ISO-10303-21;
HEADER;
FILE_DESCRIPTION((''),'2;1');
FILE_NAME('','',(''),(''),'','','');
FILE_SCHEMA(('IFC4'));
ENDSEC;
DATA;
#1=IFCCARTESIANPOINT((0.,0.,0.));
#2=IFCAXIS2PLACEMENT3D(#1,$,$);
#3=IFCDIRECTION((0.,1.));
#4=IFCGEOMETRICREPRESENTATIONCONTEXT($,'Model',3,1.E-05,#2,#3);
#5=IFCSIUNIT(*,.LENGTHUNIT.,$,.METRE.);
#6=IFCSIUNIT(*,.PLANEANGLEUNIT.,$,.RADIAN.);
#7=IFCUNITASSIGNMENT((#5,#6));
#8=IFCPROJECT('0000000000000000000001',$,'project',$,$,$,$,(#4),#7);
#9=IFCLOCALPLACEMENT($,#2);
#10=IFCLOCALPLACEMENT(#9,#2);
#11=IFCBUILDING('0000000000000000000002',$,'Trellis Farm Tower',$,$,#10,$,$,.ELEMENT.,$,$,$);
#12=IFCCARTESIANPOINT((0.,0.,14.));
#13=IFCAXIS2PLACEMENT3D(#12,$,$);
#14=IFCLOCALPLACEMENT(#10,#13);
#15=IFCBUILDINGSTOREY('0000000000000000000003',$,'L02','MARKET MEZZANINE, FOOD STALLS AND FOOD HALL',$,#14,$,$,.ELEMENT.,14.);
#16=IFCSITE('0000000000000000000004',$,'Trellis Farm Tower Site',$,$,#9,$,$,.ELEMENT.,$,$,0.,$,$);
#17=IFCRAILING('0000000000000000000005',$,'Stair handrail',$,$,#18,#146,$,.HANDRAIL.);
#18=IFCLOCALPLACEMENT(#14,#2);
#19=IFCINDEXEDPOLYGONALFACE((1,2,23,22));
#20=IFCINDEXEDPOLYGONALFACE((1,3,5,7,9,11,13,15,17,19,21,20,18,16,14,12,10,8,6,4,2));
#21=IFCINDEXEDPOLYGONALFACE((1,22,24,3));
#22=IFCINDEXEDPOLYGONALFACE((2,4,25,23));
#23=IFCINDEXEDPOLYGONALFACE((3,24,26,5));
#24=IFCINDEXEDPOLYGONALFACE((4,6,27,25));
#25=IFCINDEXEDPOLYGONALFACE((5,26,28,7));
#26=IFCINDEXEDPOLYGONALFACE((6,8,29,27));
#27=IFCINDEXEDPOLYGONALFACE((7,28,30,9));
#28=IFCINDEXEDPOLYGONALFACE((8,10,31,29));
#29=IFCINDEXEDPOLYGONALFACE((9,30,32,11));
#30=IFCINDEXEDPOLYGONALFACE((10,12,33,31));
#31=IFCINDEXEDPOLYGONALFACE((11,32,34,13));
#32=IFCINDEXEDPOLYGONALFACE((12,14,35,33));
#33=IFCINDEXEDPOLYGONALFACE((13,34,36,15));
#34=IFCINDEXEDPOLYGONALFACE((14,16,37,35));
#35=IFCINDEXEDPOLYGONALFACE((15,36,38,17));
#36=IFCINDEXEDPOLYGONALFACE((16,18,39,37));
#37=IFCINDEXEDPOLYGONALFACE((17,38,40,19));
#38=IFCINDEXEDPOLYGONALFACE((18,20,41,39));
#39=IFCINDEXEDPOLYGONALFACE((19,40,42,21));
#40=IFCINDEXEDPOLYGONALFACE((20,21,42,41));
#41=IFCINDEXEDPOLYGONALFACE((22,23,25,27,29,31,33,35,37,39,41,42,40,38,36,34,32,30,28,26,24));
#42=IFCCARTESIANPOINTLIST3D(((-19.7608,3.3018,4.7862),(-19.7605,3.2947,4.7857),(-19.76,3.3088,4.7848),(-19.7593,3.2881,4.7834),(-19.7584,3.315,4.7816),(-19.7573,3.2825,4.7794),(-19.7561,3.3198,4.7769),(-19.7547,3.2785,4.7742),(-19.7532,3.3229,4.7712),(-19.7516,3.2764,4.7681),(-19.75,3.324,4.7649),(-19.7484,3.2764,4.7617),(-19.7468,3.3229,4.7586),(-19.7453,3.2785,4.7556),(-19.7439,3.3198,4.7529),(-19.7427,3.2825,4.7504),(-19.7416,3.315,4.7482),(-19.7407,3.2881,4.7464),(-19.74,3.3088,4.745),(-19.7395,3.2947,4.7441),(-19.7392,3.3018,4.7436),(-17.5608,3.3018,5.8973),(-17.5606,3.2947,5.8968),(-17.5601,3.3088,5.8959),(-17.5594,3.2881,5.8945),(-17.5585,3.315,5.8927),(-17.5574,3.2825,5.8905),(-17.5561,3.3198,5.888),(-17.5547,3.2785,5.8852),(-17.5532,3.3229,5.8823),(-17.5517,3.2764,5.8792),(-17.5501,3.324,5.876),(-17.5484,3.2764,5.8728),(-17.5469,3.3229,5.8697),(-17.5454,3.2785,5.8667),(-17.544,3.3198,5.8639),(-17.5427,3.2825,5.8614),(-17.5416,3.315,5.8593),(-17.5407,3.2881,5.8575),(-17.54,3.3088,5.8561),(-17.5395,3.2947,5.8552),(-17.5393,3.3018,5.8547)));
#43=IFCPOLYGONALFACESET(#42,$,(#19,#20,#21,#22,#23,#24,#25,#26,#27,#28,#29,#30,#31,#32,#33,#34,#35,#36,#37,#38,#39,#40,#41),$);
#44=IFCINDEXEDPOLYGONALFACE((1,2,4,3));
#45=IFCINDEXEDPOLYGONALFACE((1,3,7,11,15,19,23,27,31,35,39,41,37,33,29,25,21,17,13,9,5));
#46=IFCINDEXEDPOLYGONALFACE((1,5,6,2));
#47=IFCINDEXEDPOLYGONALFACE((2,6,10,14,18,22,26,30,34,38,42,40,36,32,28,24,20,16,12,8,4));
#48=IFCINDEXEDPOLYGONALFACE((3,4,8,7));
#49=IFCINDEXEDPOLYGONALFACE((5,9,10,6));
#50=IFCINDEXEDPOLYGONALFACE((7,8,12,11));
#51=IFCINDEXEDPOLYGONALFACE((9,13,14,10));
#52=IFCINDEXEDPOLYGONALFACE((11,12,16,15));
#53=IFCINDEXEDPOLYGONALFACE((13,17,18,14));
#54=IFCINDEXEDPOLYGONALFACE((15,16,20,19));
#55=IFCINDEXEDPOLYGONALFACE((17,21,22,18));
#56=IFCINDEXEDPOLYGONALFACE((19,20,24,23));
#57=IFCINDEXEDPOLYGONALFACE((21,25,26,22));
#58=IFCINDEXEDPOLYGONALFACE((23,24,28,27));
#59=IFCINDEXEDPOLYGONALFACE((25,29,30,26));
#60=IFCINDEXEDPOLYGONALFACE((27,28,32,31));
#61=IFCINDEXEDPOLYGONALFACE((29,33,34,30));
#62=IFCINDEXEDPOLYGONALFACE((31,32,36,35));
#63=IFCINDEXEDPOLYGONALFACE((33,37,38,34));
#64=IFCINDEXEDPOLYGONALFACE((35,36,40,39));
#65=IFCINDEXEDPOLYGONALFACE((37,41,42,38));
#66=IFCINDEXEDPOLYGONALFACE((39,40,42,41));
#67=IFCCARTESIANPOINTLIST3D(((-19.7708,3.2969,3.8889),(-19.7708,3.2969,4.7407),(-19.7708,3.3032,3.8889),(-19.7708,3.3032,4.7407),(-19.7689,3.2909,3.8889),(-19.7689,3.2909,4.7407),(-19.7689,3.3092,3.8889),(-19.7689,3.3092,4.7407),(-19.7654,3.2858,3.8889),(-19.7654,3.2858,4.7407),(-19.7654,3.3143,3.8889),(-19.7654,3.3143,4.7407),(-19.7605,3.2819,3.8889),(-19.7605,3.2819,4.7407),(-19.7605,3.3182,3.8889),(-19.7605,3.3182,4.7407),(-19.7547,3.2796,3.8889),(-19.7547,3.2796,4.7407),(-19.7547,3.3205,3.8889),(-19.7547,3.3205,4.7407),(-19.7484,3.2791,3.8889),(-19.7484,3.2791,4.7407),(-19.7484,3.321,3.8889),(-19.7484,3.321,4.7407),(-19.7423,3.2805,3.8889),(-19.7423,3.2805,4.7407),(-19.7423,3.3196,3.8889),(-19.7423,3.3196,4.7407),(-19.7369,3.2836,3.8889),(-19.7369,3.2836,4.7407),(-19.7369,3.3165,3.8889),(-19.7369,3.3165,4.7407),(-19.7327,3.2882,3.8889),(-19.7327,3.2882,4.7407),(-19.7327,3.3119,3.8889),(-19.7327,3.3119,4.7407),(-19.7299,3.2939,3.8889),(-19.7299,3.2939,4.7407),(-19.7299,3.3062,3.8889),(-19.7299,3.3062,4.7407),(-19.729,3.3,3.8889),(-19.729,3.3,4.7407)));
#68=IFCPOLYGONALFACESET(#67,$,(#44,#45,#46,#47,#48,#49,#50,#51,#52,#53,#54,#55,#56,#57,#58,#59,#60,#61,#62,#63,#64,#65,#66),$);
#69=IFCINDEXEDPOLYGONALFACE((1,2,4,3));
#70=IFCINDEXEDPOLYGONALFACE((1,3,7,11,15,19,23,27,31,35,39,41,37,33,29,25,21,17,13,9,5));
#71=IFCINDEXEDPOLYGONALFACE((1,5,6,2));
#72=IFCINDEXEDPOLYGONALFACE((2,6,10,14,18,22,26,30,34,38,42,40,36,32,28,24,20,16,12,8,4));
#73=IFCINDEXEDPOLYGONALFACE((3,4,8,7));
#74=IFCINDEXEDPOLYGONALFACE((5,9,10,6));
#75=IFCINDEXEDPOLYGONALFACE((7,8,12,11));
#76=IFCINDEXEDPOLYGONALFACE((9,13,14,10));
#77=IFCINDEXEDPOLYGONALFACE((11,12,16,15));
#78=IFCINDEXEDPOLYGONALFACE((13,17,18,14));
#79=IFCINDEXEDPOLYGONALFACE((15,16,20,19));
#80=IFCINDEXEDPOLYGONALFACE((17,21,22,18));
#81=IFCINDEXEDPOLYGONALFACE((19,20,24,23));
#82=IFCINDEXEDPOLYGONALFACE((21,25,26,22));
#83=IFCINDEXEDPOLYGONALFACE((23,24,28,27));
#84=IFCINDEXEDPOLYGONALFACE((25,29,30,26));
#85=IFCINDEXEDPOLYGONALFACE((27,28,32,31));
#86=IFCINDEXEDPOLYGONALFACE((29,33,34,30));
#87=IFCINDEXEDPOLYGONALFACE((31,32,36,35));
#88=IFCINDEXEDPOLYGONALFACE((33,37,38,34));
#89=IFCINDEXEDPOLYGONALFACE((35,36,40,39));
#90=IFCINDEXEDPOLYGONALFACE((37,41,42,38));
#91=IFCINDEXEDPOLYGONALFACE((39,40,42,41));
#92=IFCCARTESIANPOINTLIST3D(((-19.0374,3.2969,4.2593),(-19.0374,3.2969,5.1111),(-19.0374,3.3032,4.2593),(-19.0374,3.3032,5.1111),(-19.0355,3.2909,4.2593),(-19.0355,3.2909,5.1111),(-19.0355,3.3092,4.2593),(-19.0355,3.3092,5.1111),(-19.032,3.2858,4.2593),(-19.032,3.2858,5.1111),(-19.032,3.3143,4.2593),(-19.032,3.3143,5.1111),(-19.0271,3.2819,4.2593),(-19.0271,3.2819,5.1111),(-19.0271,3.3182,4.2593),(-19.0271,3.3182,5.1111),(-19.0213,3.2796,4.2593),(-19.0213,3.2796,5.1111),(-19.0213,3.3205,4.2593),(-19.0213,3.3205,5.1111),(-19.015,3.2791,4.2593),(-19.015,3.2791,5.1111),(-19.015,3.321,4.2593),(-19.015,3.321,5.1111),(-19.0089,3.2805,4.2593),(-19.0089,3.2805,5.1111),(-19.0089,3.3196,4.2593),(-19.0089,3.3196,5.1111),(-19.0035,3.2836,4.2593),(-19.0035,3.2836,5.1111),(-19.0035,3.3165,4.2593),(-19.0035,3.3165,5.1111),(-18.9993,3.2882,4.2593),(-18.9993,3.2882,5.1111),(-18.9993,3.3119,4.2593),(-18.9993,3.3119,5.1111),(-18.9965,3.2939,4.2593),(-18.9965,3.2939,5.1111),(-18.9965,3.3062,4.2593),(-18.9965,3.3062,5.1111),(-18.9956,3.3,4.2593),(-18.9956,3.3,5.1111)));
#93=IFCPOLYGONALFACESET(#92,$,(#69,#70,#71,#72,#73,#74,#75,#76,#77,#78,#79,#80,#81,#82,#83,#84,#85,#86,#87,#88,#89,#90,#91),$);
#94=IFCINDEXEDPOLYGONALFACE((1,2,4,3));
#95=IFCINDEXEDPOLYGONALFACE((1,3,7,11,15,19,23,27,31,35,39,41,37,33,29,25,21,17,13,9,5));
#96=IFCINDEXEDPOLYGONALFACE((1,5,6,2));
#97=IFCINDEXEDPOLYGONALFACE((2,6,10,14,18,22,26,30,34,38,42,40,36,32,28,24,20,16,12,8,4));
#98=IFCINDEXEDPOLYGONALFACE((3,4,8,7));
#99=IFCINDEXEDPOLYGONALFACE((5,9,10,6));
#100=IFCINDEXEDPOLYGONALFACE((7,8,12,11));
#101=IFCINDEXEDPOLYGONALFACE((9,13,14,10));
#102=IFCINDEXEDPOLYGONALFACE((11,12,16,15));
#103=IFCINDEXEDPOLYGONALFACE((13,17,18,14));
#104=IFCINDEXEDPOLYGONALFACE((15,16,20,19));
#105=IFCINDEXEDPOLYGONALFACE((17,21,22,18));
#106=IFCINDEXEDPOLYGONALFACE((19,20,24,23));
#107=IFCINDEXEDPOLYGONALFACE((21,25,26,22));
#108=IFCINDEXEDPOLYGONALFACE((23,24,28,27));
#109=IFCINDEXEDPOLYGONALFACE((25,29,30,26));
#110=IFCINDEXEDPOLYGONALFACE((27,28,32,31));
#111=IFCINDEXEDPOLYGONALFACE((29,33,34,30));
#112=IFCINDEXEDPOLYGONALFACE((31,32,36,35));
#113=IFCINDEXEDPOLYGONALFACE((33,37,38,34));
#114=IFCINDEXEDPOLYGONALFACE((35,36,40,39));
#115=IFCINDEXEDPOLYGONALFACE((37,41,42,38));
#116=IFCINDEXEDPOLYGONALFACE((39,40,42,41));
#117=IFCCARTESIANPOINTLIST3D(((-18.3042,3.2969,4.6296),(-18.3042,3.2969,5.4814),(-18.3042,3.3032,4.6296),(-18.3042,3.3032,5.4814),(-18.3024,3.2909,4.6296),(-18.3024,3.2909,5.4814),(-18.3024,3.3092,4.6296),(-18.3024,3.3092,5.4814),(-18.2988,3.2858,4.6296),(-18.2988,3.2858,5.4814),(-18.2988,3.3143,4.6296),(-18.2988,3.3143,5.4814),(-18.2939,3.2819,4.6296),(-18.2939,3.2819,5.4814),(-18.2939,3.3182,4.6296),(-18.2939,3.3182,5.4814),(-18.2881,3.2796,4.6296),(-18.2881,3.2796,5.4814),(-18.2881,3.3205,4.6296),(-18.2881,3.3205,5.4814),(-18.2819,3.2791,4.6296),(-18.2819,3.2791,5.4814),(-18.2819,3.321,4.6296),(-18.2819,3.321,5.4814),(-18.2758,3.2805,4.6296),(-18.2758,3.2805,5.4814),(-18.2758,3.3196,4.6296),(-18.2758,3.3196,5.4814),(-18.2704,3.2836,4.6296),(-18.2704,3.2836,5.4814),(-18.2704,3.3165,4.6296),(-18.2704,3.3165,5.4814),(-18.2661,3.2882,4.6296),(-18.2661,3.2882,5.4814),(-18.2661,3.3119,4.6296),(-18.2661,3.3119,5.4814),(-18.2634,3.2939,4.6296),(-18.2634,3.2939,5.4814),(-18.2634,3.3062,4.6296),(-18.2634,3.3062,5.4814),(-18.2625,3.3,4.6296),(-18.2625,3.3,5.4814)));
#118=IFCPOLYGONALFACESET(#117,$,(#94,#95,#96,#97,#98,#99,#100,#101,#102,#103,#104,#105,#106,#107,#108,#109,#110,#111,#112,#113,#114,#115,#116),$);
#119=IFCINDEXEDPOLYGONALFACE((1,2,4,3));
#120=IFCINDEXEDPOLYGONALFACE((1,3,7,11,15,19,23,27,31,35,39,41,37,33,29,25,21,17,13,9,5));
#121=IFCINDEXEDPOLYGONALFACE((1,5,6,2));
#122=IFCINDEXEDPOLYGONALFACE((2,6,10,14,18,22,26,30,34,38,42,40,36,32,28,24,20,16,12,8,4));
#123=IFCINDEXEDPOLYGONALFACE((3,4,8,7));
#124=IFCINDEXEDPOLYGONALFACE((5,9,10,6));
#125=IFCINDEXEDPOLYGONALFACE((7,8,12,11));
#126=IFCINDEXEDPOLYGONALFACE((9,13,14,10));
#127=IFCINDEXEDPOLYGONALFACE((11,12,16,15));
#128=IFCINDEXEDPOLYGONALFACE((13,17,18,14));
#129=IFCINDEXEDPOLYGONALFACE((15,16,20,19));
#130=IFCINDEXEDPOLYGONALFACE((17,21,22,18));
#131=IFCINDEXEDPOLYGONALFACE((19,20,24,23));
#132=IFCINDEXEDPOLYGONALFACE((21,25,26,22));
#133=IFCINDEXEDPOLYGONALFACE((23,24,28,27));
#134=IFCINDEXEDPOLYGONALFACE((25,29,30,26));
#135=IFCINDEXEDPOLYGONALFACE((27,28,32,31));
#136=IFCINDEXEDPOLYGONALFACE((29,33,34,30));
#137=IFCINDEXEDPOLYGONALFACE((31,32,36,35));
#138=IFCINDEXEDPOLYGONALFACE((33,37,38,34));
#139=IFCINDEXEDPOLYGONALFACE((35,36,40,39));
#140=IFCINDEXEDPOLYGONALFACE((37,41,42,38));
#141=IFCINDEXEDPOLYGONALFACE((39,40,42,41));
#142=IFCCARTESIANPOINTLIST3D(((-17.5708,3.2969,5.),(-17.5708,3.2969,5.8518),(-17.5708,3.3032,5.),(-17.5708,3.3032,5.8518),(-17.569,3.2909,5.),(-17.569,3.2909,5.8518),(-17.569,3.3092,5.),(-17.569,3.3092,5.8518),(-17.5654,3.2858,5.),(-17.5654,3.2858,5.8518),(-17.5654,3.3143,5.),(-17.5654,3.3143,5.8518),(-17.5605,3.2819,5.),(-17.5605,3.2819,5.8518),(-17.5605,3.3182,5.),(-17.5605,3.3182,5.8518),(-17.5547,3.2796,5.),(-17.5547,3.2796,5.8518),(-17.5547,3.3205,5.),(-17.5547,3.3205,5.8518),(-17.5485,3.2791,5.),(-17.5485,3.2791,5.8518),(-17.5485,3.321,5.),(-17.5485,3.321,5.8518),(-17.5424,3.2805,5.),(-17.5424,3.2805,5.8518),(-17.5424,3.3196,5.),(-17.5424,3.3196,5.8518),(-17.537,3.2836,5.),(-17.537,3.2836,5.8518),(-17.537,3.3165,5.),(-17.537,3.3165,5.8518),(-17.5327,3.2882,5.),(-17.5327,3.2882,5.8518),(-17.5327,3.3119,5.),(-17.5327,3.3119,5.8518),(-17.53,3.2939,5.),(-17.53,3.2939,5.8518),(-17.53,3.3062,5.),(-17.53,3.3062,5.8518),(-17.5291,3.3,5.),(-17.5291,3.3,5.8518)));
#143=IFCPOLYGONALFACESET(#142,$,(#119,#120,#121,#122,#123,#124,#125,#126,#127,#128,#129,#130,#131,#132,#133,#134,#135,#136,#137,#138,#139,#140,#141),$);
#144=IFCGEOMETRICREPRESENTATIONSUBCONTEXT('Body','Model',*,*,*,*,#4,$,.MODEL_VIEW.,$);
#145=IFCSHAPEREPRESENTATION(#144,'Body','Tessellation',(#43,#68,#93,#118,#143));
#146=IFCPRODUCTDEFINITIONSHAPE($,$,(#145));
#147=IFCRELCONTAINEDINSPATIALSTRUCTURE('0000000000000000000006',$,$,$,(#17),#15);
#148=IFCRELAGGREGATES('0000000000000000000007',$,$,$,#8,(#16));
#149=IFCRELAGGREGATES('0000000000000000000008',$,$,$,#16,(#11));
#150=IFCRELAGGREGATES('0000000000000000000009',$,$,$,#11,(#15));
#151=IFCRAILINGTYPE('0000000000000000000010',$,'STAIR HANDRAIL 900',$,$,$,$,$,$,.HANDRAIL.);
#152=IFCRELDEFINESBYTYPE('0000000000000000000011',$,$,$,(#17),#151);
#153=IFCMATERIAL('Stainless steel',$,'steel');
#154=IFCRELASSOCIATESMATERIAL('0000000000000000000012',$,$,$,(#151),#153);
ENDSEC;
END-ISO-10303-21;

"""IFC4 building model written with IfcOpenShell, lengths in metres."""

from ifc_helpers import new_model, si_unit, direction, frame, origin, origin_2d, place, context, subcontext, project, spatial, circle, extrude, source, transform, mapped, material, type_object, element, save


model = new_model("IFC4")

# Units and contexts
model_context = context("Model", 3, precision=1e-05, world=origin(), true_north=direction((0.0, 1.0)))
body_context = subcontext(model_context, "Body", "Model", "MODEL_VIEW")
ifc_project = project(units=[si_unit("LENGTHUNIT", "METRE"), si_unit("PLANEANGLEUNIT", "RADIAN")], contexts=[model_context])

# Site, building, storey
site_placement = place(None, origin())
site = spatial("IfcSite", under=ifc_project, at=site_placement, Name="Trellis Farm Tower Site", CompositionType="ELEMENT", RefElevation=0.0)
building_placement = place(site_placement, origin())
building = spatial("IfcBuilding", under=site, at=building_placement, Name="Trellis Farm Tower", CompositionType="ELEMENT")
storey_placement = place(building_placement, frame((0.0, 0.0, 14.0)))
storey = spatial("IfcBuildingStorey", under=building, at=storey_placement, Name="L02", Description="MARKET MEZZANINE, FOOD STALLS AND FOOD HALL", CompositionType="ELEMENT", Elevation=14.0)

# Railing
ifc_material_1 = material(Name="Stainless steel", Category="steel")
railing_type = type_object("IfcRailingType", Name="STAIR HANDRAIL 900", PredefinedType="HANDRAIL", material=ifc_material_1)
shared_shape_1 = source(origin(), body_context, "Body", "SweptSolid", [
    extrude(circle(Radius=0.0239, at=origin_2d()), frame((0.0, 0.0, 0.876), z_axis=(0.892617, 0.0, 0.450816), x_axis=(0.0, 1.0, 0.0)), (0.0, 0.0, 1.0), 2.4646),
    extrude(circle(Radius=0.021, at=origin_2d()), origin(), (0.0, 0.0, 1.0), 0.8518),
    extrude(circle(Radius=0.021, at=origin_2d()), frame((0.7334, 0.0, 0.3704)), (0.0, 0.0, 1.0), 0.8518),
    extrude(circle(Radius=0.021, at=origin_2d()), frame((1.4666, 0.0, 0.7407)), (0.0, 0.0, 1.0), 0.8518),
    extrude(circle(Radius=0.021, at=origin_2d()), frame((2.2, 0.0, 1.1111)), (0.0, 0.0, 1.0), 0.8518),
])
for number, where, name in (
    (1, (-19.75, 3.3, 3.8889), "Stair handrail"),
):
    element("IfcRailing", number, at=place(storey_placement, frame(where)), inside=storey, type_object=railing_type, Name=name, PredefinedType="HANDRAIL", context=body_context, shape_type="MappedRepresentation", body=[
        mapped(shared_shape_1, transform((0.0, 0.0, 0.0))),
    ])

save(model, "model.ifc")
